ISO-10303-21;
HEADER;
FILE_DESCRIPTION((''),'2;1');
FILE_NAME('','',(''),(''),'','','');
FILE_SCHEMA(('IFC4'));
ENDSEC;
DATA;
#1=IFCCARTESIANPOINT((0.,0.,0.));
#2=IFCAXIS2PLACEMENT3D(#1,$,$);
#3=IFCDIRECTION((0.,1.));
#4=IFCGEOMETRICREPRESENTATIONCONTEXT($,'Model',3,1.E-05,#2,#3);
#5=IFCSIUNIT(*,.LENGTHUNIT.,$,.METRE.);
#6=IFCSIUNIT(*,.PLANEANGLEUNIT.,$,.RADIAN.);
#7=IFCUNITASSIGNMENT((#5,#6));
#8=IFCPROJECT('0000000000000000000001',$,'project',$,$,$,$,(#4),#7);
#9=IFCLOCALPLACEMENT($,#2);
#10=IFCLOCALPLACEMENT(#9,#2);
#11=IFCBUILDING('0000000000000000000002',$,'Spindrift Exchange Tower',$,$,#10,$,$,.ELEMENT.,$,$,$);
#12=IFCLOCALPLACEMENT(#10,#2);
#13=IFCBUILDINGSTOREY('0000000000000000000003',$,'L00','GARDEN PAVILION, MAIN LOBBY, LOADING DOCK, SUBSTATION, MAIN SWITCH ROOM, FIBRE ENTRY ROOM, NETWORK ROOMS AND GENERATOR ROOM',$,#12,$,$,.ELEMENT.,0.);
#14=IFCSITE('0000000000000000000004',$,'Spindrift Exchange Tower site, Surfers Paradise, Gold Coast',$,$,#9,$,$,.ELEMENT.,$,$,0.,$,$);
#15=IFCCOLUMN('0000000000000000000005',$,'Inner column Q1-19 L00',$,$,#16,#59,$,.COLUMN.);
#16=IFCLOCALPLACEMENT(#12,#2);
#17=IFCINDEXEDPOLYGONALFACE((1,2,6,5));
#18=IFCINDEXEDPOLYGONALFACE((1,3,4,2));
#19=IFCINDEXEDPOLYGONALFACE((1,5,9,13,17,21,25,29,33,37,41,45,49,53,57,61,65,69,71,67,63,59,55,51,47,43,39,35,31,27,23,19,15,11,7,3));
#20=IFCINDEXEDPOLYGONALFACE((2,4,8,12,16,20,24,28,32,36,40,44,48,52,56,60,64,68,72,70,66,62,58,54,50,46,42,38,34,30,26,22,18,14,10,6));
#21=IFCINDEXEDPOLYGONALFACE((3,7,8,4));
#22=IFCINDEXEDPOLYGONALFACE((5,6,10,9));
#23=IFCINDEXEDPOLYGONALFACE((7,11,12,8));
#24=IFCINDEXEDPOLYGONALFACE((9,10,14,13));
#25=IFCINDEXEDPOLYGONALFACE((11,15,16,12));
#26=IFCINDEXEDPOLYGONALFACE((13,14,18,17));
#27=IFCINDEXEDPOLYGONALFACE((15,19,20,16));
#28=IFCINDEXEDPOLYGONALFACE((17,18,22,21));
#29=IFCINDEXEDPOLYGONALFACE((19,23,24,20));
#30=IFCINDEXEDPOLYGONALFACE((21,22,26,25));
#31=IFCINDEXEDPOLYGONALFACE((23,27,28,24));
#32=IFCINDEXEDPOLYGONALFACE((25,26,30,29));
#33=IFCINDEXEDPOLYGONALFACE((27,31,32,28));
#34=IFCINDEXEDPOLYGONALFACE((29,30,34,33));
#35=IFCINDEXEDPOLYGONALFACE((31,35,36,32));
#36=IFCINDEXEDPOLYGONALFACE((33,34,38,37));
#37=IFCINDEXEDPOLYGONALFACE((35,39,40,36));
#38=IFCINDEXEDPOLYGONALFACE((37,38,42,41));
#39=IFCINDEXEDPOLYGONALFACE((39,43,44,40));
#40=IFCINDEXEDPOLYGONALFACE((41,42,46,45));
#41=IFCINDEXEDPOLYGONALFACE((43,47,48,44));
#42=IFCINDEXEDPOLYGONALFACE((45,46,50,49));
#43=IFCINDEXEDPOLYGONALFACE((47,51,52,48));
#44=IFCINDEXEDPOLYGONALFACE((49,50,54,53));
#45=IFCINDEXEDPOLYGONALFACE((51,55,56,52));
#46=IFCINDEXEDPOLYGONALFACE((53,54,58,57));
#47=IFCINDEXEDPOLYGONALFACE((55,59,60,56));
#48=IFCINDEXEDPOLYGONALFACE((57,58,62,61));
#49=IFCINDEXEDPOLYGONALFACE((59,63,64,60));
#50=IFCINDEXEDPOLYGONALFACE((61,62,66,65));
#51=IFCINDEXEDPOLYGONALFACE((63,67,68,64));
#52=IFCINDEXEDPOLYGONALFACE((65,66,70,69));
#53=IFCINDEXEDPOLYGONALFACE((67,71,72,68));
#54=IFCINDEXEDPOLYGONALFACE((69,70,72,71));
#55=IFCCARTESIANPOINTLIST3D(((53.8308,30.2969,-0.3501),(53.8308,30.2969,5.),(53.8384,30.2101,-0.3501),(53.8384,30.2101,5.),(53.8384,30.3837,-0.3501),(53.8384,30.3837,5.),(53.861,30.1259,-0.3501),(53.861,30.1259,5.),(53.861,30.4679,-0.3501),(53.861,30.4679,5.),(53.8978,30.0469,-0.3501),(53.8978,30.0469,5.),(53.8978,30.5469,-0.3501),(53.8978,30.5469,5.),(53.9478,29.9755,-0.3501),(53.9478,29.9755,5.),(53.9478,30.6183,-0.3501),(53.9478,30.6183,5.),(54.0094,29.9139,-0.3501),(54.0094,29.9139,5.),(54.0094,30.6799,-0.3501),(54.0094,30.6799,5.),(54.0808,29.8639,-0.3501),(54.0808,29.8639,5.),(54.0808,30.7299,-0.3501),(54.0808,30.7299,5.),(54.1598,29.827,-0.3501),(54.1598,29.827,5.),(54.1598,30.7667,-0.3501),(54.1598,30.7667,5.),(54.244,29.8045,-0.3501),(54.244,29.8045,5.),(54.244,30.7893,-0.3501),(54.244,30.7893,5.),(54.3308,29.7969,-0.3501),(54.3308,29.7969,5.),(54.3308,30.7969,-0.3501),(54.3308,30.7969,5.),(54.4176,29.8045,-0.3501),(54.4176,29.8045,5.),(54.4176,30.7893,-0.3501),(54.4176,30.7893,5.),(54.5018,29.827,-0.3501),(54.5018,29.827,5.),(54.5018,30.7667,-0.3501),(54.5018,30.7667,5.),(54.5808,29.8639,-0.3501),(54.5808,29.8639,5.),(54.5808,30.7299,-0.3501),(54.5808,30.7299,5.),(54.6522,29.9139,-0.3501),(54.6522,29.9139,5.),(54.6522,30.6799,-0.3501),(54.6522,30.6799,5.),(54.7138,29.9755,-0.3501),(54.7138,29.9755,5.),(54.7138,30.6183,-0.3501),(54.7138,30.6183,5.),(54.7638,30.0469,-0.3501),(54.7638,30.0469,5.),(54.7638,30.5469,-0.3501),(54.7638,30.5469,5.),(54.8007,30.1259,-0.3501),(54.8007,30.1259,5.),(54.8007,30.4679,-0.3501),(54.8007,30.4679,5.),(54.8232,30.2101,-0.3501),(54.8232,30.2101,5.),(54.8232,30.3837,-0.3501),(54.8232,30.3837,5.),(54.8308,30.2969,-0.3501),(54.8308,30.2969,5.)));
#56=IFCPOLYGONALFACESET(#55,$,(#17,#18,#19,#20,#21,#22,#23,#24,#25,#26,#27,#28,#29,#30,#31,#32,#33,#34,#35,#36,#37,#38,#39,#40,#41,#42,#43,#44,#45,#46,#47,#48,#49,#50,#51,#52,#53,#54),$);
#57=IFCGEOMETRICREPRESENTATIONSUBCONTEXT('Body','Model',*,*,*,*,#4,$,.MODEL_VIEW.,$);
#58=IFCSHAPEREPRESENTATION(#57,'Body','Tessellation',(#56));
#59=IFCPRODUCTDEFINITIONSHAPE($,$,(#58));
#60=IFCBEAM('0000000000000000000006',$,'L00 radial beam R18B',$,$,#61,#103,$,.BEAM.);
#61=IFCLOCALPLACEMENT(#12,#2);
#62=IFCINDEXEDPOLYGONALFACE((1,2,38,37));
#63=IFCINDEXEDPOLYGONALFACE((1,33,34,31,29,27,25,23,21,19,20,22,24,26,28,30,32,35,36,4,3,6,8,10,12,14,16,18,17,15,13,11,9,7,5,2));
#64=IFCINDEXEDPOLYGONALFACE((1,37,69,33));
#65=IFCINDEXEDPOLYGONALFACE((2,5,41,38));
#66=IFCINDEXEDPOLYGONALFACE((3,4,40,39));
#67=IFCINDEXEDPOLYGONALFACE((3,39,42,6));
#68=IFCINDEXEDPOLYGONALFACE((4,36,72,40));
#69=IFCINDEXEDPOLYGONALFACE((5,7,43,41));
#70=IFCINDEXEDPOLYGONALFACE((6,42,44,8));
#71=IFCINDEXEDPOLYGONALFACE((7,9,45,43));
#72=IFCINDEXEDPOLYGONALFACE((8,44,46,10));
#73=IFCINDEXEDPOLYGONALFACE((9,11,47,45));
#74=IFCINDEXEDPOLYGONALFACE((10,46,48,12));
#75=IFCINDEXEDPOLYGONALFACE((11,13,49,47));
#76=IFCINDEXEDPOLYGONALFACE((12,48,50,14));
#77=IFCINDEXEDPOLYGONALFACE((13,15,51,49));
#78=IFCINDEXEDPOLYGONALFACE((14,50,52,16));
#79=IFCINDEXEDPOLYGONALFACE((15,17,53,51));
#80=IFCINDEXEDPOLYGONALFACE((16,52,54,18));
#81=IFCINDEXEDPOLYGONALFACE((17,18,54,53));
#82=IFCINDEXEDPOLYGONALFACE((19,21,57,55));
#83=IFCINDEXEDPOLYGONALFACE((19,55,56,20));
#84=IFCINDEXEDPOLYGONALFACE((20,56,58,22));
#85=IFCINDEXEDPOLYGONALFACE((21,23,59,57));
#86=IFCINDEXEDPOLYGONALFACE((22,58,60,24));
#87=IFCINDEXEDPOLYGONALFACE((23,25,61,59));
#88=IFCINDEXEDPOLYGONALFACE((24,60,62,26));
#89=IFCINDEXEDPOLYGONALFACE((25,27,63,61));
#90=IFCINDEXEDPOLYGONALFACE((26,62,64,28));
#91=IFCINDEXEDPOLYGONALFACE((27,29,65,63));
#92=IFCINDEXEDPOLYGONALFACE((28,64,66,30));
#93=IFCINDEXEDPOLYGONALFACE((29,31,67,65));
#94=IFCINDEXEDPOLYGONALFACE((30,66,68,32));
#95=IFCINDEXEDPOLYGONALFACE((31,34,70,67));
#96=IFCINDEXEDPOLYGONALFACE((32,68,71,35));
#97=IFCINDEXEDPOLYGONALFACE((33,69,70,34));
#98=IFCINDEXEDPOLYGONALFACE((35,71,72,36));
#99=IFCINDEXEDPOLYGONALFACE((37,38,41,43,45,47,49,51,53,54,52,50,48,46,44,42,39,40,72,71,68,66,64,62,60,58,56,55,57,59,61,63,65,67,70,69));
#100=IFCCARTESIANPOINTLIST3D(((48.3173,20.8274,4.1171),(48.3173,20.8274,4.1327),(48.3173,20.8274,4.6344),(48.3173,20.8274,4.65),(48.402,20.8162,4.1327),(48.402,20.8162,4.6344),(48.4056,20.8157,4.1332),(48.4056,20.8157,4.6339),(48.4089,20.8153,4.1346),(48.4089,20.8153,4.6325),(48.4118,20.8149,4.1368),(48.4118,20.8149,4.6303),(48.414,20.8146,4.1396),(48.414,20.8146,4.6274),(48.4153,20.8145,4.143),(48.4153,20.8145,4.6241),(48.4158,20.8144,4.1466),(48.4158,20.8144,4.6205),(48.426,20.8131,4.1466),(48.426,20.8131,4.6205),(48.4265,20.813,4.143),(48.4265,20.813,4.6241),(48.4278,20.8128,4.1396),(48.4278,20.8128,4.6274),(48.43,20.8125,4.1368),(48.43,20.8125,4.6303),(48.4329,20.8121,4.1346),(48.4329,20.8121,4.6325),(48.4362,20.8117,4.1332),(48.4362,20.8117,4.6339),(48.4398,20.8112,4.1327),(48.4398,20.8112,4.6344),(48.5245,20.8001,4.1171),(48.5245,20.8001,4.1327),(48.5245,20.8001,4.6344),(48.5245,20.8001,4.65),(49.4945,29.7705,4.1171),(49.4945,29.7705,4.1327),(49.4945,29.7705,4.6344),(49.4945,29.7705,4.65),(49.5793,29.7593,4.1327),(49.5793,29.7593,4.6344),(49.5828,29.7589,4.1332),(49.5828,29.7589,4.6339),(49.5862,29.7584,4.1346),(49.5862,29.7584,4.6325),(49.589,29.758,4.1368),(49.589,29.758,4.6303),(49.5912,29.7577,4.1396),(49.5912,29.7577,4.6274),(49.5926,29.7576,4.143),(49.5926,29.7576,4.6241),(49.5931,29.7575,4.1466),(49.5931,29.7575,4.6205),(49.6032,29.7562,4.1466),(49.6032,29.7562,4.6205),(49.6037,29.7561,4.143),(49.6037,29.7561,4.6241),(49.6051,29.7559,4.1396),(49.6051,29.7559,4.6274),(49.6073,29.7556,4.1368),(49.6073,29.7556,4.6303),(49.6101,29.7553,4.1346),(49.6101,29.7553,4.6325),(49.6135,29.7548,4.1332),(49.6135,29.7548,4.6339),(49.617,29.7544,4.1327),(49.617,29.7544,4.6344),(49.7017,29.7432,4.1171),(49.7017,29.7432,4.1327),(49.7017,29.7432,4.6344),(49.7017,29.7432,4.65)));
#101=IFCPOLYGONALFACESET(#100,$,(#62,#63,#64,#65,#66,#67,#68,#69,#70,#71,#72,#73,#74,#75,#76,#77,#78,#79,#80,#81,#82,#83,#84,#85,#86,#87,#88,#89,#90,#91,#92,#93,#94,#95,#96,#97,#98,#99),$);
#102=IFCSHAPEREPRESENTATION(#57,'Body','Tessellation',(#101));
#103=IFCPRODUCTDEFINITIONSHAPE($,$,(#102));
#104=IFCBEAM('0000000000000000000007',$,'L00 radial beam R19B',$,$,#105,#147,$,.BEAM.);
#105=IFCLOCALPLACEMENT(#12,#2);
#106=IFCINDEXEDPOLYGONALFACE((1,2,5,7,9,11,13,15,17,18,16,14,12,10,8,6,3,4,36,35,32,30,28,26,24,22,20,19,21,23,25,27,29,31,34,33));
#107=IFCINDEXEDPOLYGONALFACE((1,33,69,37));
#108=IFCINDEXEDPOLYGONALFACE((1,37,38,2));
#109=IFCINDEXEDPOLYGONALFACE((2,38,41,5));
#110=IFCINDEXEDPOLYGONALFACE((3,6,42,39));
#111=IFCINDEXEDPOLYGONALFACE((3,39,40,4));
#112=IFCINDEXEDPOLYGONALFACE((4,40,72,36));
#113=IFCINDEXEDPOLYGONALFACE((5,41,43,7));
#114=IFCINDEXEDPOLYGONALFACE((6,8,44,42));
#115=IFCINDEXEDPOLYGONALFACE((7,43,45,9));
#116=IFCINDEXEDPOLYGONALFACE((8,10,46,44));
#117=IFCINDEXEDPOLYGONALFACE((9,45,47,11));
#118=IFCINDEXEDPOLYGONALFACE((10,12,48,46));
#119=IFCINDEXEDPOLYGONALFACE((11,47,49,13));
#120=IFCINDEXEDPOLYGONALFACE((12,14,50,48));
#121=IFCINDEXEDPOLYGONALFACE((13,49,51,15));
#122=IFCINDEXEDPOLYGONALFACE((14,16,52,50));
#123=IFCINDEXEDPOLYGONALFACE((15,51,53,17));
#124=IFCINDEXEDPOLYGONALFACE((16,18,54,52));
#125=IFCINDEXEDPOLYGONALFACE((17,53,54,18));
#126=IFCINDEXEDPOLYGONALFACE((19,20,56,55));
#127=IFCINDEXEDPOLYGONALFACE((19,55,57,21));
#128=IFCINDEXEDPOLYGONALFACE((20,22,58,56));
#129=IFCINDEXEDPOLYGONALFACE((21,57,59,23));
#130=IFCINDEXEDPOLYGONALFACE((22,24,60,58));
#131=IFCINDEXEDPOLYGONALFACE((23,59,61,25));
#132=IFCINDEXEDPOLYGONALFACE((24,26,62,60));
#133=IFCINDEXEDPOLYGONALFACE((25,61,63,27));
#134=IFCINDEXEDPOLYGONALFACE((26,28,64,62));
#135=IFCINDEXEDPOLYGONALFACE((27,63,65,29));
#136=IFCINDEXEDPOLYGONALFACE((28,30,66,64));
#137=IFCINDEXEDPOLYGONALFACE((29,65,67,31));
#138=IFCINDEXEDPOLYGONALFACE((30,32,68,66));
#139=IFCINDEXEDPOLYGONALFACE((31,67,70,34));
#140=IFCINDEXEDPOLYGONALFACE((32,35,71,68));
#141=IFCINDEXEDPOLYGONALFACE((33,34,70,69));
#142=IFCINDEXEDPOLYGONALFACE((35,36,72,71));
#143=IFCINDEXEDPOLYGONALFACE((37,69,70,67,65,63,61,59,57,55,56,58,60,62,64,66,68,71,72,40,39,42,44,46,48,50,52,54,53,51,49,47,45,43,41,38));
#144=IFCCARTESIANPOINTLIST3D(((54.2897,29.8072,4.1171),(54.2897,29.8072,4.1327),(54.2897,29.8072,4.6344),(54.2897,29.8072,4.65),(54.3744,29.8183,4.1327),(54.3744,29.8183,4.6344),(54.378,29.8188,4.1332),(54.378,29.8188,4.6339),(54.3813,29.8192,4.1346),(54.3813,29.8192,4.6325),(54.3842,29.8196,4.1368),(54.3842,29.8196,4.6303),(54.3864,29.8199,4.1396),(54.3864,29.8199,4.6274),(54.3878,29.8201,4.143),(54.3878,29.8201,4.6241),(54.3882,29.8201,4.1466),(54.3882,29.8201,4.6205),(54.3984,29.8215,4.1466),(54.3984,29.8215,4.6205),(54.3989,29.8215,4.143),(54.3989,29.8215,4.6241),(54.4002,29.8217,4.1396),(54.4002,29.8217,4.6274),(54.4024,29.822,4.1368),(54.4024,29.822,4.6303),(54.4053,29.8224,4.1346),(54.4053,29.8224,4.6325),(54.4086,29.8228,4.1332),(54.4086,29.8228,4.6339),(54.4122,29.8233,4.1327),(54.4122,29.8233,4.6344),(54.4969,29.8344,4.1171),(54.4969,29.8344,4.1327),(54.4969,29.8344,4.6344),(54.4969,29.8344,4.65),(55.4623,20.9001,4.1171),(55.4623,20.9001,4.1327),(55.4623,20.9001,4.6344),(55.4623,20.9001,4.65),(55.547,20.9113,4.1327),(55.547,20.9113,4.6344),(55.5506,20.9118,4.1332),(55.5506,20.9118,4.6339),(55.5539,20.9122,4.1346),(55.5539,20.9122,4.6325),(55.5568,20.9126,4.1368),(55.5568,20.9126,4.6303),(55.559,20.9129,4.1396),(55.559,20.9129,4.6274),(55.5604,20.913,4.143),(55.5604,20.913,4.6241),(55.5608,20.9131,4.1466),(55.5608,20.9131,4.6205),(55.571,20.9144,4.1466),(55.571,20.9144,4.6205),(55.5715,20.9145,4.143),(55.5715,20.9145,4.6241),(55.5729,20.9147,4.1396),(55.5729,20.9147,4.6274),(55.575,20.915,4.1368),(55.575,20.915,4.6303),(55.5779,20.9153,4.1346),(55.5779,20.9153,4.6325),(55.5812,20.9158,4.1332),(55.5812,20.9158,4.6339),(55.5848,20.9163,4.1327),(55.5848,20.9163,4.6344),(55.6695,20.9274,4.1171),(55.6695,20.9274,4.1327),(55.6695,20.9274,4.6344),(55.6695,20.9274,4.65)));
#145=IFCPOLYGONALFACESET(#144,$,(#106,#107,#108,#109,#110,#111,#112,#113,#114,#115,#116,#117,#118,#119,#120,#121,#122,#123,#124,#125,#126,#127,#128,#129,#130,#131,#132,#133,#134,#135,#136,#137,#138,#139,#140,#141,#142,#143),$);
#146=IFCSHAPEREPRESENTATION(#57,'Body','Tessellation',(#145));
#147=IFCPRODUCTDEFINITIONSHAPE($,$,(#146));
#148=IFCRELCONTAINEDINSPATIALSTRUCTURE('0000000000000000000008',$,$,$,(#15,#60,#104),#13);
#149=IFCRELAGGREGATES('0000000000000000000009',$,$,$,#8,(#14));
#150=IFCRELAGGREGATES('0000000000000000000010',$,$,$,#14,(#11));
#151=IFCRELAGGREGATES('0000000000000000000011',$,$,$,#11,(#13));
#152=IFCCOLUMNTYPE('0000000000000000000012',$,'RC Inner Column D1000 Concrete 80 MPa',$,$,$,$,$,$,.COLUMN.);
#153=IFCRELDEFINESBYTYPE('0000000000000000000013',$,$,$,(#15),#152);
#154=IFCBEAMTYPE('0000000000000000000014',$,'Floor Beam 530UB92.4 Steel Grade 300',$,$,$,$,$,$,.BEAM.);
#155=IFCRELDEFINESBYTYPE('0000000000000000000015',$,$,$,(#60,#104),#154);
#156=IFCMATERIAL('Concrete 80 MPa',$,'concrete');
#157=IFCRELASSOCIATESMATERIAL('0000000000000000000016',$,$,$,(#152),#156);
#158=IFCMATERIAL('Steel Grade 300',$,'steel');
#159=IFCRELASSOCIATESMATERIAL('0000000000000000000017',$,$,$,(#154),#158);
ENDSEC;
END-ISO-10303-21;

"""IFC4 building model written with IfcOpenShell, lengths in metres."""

from ifc_helpers import new_model, si_unit, direction, frame, origin, origin_2d, place, context, subcontext, project, spatial, circle, i_section, extrude, source, transform, mapped, material, material_profile, profile_set, type_object, element, save


model = new_model("IFC4")

# Units and contexts
model_context = context("Model", 3, precision=1e-05, world=origin(), true_north=direction((0.0, 1.0)))
body_context = subcontext(model_context, "Body", "Model", "MODEL_VIEW")
ifc_project = project(units=[si_unit("LENGTHUNIT", "METRE"), si_unit("PLANEANGLEUNIT", "RADIAN")], contexts=[model_context])

# Site, building, storey
site_placement = place(None, origin())
site = spatial("IfcSite", under=ifc_project, at=site_placement, Name="Spindrift Exchange Tower site, Surfers Paradise, Gold Coast", CompositionType="ELEMENT", RefElevation=0.0)
building_placement = place(site_placement, origin())
building = spatial("IfcBuilding", under=site, at=building_placement, Name="Spindrift Exchange Tower", CompositionType="ELEMENT")
storey_placement = place(building_placement, origin())
storey = spatial("IfcBuildingStorey", under=building, at=storey_placement, Name="L00", Description="GARDEN PAVILION, MAIN LOBBY, LOADING DOCK, SUBSTATION, MAIN SWITCH ROOM, FIBRE ENTRY ROOM, NETWORK ROOMS AND GENERATOR ROOM", CompositionType="ELEMENT", Elevation=0.0)

# Column
ifc_material_1 = material(Name="Concrete 80 MPa", Category="concrete")
ifc_material_profile_1 = material_profile(ifc_material_1, circle(Radius=0.5, at=origin_2d()), Name="RC D1000")
ifc_profile_set_1 = profile_set([ifc_material_profile_1], Name="Concrete 80 MPa")
column_type_1 = type_object("IfcColumnType", Name="RC Inner Column D1000 Concrete 80 MPa", PredefinedType="COLUMN", material=ifc_profile_set_1)
shared_shape_1 = source(origin(), body_context, "Body", "SweptSolid", [
    extrude(circle(Radius=0.5, at=origin_2d()), origin(), (0.0, 0.0, 1.0), 5.3501),
])
for number, where, z_axis, x_axis, name in (
    (1, (54.3308, 30.2969, -0.3501), (0.0, 0.0, 1.0), (1.0, 0.0, 0.0), "Inner column Q1-19 L00"),
):
    element("IfcColumn", number, at=place(storey_placement, frame(where, z_axis=z_axis, x_axis=x_axis)), inside=storey, type_object=column_type_1, Name=name, PredefinedType="COLUMN", context=body_context, shape_type="MappedRepresentation", body=[
        mapped(shared_shape_1, transform((0.0, 0.0, 0.0), scale=1.0)),
    ])

# Beams
ifc_material_2 = material(Name="Steel Grade 300", Category="steel")
ifc_material_profile_2 = material_profile(ifc_material_2, i_section(OverallWidth=0.209, OverallDepth=0.533, WebThickness=0.0103, FlangeThickness=0.0156, FilletRadius=0.0139, at=origin_2d()), Name="530UB92.4")
ifc_profile_set_2 = profile_set([ifc_material_profile_2], Name="Steel Grade 300")
beam_type_1 = type_object("IfcBeamType", Name="Floor Beam 530UB92.4 Steel Grade 300", PredefinedType="BEAM", material=ifc_profile_set_2)
shared_shape_2 = source(origin(), body_context, "Body", "SweptSolid", [
    extrude(i_section(OverallWidth=0.209, OverallDepth=0.533, WebThickness=0.0103, FlangeThickness=0.0156, FilletRadius=0.0139, at=origin_2d()), origin(), (0.0, 0.0, 1.0), 9.0203),
])
beam_1_placement = place(storey_placement, frame((49.5981, 29.7568, 4.3835), z_axis=(-0.130511, -0.991447, 0.0), x_axis=(0.991447, -0.130511, 0.0)))
element("IfcBeam", 2, at=beam_1_placement, inside=storey, type_object=beam_type_1, Name="L00 radial beam R18B", PredefinedType="BEAM", context=body_context, shape_type="MappedRepresentation", body=[
    mapped(shared_shape_2, transform((0.0, 0.0, 0.0), scale=1.0)),
])
shared_shape_3 = source(origin(), body_context, "Body", "SweptSolid", [
    extrude(i_section(OverallWidth=0.209, OverallDepth=0.533, WebThickness=0.0103, FlangeThickness=0.0156, FilletRadius=0.0139, at=origin_2d()), origin(), (0.0, 0.0, 1.0), 8.9839),
])
beam_2_placement = place(storey_placement, frame((54.3933, 29.8208, 4.3835), z_axis=(0.130524, -0.991445, 0.0), x_axis=(0.991445, 0.130524, 0.0)))
element("IfcBeam", 3, at=beam_2_placement, inside=storey, type_object=beam_type_1, Name="L00 radial beam R19B", PredefinedType="BEAM", context=body_context, shape_type="MappedRepresentation", body=[
    mapped(shared_shape_3, transform((0.0, 0.0, 0.0), scale=1.0)),
])

save(model, "model.ifc")
